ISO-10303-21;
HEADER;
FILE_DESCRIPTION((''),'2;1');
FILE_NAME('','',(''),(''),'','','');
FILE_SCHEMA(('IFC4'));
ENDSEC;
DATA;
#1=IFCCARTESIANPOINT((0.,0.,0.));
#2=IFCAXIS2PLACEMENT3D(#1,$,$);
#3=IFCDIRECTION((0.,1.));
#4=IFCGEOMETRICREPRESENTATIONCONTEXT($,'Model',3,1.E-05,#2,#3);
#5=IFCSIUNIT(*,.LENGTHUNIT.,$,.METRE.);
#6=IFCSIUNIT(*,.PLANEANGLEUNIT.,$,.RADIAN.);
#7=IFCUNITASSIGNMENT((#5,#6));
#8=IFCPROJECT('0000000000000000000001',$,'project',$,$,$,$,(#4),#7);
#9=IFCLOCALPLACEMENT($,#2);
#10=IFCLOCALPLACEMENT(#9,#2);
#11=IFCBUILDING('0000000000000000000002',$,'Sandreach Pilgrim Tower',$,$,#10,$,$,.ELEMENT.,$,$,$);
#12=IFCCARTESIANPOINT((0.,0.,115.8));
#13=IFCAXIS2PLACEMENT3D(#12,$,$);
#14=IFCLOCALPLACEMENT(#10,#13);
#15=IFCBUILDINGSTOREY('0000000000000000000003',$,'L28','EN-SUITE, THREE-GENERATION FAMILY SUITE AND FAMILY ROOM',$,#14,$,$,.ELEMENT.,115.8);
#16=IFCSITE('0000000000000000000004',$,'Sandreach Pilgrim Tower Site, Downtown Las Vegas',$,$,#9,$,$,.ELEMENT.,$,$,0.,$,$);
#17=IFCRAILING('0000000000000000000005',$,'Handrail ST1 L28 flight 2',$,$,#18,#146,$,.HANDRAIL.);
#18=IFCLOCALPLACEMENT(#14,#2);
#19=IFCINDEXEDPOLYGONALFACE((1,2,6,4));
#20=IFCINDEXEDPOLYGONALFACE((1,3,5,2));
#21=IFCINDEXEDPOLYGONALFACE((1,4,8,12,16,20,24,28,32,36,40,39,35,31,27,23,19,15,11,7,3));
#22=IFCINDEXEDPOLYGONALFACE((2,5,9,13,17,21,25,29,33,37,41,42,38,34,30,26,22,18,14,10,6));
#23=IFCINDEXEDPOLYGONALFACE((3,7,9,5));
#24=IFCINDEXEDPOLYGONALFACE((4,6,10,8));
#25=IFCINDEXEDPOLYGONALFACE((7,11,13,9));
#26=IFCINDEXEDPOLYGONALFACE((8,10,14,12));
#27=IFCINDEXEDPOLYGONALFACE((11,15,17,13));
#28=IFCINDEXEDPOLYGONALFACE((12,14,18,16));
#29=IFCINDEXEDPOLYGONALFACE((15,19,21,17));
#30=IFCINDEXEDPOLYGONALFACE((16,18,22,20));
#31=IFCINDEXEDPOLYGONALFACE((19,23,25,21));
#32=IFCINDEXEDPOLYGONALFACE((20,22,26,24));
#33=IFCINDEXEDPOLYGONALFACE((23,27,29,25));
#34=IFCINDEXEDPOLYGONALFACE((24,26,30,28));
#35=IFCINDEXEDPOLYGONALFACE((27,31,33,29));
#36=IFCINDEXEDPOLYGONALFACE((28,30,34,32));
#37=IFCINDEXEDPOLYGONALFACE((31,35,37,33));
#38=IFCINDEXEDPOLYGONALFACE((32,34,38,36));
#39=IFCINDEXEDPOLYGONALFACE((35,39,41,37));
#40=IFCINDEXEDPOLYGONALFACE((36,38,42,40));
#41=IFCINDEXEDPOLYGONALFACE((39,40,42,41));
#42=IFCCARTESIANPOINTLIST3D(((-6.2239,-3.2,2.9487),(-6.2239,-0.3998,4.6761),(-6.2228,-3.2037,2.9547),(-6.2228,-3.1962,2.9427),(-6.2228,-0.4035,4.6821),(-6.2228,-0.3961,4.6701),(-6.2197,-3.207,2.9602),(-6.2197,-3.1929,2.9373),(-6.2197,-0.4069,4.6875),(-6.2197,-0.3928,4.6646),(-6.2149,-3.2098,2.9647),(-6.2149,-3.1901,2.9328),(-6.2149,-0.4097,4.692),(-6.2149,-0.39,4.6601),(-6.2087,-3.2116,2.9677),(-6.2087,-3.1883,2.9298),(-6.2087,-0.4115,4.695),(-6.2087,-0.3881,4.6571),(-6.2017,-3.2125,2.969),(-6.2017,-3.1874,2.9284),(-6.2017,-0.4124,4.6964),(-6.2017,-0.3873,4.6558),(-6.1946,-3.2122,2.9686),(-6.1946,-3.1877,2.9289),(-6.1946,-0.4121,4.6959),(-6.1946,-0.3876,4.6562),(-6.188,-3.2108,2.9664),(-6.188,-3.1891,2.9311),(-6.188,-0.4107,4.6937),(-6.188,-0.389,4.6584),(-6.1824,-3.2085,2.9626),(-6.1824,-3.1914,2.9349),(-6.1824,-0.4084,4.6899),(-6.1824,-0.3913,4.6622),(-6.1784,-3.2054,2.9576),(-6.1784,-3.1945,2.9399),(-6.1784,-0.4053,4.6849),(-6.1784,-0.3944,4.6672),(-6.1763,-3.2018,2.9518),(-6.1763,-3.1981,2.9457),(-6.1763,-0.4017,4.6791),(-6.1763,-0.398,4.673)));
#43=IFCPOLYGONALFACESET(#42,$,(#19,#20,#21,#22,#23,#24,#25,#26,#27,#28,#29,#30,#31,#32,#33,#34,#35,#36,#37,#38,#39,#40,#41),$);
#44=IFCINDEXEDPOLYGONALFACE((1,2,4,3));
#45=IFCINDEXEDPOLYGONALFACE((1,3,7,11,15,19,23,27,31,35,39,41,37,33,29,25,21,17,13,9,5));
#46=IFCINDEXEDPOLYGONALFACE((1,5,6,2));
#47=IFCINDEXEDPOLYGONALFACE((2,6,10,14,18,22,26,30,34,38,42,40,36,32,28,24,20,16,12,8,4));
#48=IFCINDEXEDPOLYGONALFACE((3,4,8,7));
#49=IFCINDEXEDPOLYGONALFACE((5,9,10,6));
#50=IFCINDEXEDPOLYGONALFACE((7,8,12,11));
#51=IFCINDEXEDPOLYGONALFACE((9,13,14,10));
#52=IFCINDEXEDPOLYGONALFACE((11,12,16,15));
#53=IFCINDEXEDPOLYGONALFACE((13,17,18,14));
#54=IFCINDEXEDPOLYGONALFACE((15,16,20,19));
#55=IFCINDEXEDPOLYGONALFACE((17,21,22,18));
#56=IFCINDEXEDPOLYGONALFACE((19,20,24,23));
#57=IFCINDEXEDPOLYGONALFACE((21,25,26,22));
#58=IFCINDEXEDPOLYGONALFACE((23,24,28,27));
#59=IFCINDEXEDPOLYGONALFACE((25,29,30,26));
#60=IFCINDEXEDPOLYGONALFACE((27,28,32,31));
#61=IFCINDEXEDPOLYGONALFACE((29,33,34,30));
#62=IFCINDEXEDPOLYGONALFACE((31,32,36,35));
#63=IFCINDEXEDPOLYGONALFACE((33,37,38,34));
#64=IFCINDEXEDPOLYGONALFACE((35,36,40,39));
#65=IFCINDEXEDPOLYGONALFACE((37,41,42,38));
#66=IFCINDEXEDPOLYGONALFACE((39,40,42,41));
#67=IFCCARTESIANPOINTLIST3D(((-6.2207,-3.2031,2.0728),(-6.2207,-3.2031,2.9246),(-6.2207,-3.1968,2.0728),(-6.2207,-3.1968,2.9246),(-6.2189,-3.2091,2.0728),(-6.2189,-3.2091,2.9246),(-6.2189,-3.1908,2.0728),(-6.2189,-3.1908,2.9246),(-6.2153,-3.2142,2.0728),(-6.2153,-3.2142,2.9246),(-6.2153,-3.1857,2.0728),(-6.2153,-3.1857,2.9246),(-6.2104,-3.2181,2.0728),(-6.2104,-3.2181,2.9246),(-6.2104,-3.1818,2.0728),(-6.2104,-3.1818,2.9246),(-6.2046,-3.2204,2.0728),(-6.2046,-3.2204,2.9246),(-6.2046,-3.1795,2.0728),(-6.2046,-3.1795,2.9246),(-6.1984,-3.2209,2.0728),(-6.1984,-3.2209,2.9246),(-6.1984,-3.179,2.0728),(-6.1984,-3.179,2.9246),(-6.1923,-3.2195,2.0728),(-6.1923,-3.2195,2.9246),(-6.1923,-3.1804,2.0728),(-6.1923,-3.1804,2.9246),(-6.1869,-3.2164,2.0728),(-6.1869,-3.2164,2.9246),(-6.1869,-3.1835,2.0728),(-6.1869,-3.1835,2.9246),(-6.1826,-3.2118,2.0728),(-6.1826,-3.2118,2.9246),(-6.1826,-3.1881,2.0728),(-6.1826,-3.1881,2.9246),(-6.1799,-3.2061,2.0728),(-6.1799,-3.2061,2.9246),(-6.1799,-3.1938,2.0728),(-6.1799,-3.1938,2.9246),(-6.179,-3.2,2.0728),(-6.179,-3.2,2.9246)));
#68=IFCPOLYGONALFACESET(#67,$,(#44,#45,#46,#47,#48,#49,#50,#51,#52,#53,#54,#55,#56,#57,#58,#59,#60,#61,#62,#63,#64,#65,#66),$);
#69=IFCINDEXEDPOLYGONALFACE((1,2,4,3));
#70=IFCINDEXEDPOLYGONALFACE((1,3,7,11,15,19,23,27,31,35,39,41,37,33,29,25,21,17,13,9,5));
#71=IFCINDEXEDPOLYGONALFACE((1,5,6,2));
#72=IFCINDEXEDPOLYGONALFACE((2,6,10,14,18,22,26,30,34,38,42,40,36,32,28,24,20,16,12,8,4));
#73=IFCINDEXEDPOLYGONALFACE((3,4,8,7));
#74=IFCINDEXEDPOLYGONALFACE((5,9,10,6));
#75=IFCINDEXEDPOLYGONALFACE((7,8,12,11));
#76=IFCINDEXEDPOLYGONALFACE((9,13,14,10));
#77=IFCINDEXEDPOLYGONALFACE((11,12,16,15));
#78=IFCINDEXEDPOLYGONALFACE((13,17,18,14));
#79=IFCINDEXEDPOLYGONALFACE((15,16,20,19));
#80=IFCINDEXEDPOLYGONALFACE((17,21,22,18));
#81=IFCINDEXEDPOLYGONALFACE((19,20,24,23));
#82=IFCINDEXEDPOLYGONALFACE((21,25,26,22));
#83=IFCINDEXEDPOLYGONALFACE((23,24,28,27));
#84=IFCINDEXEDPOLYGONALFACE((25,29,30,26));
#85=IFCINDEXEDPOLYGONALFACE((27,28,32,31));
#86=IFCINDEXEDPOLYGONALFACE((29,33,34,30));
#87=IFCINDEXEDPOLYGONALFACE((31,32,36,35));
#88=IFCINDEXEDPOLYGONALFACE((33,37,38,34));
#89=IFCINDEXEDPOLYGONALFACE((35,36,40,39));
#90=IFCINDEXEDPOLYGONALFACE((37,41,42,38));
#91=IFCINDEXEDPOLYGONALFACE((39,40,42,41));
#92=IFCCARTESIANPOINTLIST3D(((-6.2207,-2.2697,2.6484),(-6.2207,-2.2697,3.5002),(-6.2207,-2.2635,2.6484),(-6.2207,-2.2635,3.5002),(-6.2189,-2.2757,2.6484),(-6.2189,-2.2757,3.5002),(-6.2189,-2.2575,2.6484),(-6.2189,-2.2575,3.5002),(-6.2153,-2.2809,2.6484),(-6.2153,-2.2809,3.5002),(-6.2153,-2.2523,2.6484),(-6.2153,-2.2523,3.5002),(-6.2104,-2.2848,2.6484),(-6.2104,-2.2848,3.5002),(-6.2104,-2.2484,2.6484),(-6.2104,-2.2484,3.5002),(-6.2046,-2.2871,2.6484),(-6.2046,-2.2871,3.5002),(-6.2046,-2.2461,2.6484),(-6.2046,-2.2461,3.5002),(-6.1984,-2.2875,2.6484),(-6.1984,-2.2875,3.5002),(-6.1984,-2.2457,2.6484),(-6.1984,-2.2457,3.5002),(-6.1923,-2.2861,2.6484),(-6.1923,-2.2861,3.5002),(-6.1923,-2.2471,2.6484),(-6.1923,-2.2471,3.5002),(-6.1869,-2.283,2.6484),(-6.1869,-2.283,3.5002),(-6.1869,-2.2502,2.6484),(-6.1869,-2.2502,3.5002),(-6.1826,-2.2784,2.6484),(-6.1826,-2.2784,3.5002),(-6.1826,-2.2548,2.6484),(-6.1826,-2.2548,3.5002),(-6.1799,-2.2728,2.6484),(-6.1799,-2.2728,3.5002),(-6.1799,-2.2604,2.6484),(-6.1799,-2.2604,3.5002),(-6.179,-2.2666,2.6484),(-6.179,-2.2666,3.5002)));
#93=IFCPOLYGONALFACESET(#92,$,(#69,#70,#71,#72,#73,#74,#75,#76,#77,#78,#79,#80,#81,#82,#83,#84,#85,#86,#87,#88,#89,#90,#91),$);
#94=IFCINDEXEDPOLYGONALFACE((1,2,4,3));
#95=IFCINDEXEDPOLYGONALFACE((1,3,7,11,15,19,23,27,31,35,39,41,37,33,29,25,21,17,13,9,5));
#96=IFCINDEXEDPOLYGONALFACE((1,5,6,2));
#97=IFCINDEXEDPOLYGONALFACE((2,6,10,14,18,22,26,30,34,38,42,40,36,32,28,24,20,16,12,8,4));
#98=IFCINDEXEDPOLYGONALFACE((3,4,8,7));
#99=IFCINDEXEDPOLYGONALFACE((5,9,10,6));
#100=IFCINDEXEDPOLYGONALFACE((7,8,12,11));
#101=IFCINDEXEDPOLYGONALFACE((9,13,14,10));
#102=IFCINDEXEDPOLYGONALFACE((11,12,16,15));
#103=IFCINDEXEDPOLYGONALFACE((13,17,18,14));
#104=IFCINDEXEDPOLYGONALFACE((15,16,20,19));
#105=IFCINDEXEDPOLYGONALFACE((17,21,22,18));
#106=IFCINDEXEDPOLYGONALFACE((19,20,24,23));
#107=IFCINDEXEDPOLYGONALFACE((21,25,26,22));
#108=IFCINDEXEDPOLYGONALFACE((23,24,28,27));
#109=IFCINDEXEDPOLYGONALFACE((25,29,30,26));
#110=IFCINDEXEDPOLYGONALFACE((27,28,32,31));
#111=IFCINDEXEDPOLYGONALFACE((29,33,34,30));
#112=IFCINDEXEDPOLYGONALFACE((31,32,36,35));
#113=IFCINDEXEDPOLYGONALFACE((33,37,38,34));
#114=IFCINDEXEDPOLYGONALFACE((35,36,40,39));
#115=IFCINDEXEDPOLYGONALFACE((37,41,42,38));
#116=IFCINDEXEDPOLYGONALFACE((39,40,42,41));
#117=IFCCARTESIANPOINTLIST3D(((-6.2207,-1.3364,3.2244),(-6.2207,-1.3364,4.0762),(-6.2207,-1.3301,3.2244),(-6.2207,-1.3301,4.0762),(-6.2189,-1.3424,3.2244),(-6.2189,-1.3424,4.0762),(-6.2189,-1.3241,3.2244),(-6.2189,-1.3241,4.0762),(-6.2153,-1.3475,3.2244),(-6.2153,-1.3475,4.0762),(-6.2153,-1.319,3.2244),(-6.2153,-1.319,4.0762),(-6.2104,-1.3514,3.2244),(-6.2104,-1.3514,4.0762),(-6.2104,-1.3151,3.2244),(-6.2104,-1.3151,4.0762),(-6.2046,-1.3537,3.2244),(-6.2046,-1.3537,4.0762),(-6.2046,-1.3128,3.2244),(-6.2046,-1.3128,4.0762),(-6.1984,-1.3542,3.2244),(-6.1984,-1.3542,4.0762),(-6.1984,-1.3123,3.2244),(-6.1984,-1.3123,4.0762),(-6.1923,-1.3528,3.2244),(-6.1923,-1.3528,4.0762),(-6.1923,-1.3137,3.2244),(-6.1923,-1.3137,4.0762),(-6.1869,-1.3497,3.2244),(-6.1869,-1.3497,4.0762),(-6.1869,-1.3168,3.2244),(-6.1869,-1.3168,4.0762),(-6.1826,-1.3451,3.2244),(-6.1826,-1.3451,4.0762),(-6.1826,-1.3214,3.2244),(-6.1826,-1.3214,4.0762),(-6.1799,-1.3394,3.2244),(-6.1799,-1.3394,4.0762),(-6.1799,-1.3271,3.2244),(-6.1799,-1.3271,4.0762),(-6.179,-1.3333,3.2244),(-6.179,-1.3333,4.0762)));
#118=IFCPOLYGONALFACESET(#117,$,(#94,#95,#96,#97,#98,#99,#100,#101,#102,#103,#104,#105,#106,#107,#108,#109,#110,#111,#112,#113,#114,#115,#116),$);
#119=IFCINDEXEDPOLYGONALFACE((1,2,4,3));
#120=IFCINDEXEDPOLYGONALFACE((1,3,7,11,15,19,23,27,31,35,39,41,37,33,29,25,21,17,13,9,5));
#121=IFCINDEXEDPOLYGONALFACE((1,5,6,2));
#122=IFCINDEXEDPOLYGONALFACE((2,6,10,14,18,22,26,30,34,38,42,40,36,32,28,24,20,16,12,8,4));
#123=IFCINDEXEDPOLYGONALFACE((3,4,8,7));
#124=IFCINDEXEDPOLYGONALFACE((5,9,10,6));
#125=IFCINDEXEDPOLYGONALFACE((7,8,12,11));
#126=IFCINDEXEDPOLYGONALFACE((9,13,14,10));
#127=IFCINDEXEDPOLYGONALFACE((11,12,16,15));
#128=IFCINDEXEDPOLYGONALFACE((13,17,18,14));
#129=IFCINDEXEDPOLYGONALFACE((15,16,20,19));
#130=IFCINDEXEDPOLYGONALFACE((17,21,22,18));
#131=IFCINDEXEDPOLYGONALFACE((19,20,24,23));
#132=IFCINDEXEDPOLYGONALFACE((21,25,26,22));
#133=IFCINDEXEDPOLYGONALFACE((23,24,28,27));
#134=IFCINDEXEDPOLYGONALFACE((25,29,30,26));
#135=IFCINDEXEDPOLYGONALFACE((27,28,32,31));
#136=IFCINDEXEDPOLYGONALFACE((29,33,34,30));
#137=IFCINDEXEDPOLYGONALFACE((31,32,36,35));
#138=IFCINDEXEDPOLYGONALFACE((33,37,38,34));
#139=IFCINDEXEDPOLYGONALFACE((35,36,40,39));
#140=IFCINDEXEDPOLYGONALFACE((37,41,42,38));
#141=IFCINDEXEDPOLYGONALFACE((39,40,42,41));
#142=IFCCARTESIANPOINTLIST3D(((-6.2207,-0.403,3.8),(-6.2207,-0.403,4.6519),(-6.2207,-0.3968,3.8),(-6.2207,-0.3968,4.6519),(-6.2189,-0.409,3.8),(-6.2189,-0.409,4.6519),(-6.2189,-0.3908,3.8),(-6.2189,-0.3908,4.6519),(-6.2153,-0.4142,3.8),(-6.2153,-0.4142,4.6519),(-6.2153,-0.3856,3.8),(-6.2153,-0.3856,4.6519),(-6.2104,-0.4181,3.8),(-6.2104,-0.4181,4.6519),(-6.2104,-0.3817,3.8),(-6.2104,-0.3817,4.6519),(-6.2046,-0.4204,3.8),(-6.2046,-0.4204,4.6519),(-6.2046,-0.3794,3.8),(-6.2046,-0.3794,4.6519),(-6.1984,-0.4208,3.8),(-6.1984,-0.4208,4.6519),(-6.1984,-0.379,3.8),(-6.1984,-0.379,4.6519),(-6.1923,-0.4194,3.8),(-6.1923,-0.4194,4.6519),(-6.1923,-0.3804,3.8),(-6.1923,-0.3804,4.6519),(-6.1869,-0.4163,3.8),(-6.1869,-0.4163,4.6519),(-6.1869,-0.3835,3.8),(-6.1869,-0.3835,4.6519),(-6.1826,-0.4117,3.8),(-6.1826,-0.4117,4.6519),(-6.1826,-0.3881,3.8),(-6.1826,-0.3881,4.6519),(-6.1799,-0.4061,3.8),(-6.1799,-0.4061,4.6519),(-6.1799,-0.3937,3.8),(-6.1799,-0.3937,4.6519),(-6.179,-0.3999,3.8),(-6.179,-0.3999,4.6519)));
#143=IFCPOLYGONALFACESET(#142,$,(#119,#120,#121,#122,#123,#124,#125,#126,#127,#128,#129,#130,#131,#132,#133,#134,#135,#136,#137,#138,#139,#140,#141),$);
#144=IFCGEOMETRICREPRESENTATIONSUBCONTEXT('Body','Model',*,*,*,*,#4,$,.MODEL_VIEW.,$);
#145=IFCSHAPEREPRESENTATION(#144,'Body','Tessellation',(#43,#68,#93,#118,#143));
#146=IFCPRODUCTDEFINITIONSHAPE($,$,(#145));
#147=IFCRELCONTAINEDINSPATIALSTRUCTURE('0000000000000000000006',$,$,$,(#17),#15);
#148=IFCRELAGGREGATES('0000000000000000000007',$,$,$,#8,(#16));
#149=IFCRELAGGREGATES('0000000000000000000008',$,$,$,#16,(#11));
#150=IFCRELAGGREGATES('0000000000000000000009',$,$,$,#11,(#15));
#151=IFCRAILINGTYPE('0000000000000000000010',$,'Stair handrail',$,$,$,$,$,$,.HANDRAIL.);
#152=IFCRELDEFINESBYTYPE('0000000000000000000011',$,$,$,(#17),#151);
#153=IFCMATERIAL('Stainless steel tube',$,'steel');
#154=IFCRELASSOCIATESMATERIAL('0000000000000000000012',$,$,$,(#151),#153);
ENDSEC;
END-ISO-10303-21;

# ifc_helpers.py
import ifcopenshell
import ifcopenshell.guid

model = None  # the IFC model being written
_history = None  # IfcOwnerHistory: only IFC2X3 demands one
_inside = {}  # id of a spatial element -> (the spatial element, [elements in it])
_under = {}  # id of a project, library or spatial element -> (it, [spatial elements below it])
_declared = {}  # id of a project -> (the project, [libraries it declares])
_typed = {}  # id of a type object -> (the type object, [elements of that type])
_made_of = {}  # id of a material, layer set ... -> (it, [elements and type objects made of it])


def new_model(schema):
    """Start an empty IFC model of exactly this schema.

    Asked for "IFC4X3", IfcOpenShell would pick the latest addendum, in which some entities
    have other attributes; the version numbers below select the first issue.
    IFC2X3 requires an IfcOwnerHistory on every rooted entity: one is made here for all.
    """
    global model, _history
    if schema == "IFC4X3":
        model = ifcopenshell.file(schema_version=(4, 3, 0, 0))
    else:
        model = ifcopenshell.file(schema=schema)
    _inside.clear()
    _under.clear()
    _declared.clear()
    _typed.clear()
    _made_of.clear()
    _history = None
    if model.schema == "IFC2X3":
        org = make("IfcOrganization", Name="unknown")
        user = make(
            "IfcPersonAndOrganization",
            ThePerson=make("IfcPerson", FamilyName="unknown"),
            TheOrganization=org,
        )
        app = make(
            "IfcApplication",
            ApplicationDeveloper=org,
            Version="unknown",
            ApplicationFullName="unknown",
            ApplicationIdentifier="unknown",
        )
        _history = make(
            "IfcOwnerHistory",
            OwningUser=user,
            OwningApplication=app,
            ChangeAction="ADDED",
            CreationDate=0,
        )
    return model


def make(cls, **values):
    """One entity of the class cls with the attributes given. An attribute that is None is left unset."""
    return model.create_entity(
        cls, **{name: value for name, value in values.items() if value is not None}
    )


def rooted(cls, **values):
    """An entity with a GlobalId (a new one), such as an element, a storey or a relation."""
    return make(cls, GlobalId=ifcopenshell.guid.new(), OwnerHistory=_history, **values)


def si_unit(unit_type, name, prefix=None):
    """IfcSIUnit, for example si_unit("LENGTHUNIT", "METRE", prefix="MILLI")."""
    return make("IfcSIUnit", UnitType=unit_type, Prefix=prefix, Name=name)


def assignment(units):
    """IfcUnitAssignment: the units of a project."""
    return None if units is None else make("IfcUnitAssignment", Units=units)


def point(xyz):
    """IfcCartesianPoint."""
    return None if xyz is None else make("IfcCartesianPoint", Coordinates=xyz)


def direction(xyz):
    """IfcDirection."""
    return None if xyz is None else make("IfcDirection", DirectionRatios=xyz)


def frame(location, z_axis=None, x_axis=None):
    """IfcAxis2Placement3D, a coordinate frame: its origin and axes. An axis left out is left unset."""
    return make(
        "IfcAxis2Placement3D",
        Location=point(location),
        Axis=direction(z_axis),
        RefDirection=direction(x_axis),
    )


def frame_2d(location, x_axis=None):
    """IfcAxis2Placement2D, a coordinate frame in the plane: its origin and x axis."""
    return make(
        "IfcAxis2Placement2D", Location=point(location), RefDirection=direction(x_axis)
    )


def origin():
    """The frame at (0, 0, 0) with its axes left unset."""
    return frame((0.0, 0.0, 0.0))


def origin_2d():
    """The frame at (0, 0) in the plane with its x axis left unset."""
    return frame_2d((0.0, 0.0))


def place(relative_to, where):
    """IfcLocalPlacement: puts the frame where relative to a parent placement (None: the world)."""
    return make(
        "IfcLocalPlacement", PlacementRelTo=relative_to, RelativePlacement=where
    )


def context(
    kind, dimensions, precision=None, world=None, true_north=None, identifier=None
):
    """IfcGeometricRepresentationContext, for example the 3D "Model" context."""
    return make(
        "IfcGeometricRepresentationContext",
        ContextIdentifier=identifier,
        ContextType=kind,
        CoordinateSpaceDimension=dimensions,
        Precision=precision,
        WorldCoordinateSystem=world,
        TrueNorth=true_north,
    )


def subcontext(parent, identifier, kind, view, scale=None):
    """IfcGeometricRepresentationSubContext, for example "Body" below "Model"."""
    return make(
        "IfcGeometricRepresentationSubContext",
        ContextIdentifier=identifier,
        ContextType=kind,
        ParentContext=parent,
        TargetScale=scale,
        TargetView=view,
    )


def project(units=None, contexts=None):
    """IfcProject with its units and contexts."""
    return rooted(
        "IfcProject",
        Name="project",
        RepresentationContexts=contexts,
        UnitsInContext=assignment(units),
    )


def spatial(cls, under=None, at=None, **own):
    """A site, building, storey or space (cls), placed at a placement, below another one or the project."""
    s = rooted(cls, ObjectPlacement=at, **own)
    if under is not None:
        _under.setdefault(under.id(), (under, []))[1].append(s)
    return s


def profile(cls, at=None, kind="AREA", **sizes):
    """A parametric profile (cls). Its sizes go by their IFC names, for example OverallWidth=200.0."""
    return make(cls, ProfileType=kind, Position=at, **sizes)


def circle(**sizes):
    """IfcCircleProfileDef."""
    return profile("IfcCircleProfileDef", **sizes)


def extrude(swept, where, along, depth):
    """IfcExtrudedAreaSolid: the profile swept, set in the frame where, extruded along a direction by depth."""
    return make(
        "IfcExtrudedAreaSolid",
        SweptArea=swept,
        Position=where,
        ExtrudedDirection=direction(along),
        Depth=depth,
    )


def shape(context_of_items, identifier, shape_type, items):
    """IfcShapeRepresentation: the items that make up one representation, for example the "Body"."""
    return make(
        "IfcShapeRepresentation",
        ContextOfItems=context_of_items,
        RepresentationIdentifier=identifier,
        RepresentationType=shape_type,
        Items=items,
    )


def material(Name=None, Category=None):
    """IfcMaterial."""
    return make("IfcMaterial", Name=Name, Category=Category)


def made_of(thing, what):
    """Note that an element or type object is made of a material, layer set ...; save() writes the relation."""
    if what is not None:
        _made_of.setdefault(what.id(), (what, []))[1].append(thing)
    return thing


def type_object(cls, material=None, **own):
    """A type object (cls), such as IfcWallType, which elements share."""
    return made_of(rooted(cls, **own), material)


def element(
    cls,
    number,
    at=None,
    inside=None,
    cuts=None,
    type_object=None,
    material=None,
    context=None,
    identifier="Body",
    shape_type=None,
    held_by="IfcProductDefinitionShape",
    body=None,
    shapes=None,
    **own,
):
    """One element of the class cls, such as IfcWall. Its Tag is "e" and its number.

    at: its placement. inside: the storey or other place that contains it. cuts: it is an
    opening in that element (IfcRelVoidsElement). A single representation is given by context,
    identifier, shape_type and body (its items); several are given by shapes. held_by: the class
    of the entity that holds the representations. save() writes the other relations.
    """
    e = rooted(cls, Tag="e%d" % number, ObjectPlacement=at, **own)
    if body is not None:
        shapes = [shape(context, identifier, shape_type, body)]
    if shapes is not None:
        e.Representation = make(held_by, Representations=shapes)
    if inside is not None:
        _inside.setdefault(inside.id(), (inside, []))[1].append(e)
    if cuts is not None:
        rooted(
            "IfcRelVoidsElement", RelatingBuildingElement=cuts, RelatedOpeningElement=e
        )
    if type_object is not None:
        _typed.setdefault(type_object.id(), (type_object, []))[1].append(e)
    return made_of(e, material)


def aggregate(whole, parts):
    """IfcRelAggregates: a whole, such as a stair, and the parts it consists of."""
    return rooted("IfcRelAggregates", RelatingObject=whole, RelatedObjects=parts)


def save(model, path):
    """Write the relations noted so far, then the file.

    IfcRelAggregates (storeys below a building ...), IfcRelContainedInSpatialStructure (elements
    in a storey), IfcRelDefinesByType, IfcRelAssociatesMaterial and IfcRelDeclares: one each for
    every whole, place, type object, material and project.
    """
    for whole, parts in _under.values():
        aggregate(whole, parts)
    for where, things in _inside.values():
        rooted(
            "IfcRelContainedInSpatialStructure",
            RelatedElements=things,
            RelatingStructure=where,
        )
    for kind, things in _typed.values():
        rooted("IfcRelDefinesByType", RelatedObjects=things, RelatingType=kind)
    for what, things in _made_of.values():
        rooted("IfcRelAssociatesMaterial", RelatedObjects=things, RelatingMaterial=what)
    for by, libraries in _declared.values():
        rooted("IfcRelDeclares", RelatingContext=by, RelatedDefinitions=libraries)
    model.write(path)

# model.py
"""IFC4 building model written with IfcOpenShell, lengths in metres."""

from ifc_helpers import new_model, si_unit, direction, frame, origin, origin_2d, place, context, subcontext, project, spatial, circle, extrude, material, type_object, element, save


model = new_model("IFC4")

# Units and contexts
model_context = context("Model", 3, precision=1e-05, world=origin(), true_north=direction((0.0, 1.0)))
body_context = subcontext(model_context, "Body", "Model", "MODEL_VIEW")
ifc_project = project(units=[si_unit("LENGTHUNIT", "METRE"), si_unit("PLANEANGLEUNIT", "RADIAN")], contexts=[model_context])

# Site, building, storey
site_placement = place(None, origin())
site = spatial("IfcSite", under=ifc_project, at=site_placement, Name="Sandreach Pilgrim Tower Site, Downtown Las Vegas", CompositionType="ELEMENT", RefElevation=0.0)
building_placement = place(site_placement, origin())
building = spatial("IfcBuilding", under=site, at=building_placement, Name="Sandreach Pilgrim Tower", CompositionType="ELEMENT")
storey_placement = place(building_placement, frame((0.0, 0.0, 115.8)))
storey = spatial("IfcBuildingStorey", under=building, at=storey_placement, Name="L28", Description="EN-SUITE, THREE-GENERATION FAMILY SUITE AND FAMILY ROOM", CompositionType="ELEMENT", Elevation=115.8)

# Railing
ifc_material_1 = material(Name="Stainless steel tube", Category="steel")
railing_type = type_object("IfcRailingType", Name="Stair handrail", PredefinedType="HANDRAIL", material=ifc_material_1)
for number, where, name in (
    (1, (-6.2, -3.2, 2.0728), "Handrail ST1 L28 flight 2"),
):
    element("IfcRailing", number, at=place(storey_placement, frame(where)), inside=storey, type_object=railing_type, Name=name, PredefinedType="HANDRAIL", context=body_context, shape_type="SweptSolid", body=[
        extrude(circle(Radius=0.0239, at=origin_2d()), frame((0.0, 0.0, 0.876), z_axis=(0.0, 0.85109, 0.52502), x_axis=(-1.0, 0.0, 0.0)), (0.0, 0.0, 1.0), 3.29),
        extrude(circle(Radius=0.021, at=origin_2d()), origin(), (0.0, 0.0, 1.0), 0.8518),
        extrude(circle(Radius=0.021, at=origin_2d()), frame((0.0, 0.9333, 0.5757)), (0.0, 0.0, 1.0), 0.8518),
        extrude(circle(Radius=0.021, at=origin_2d()), frame((0.0, 1.8667, 1.1516)), (0.0, 0.0, 1.0), 0.8518),
        extrude(circle(Radius=0.021, at=origin_2d()), frame((0.0, 2.8, 1.7273)), (0.0, 0.0, 1.0), 0.8518),
    ])

save(model, "model.ifc")
